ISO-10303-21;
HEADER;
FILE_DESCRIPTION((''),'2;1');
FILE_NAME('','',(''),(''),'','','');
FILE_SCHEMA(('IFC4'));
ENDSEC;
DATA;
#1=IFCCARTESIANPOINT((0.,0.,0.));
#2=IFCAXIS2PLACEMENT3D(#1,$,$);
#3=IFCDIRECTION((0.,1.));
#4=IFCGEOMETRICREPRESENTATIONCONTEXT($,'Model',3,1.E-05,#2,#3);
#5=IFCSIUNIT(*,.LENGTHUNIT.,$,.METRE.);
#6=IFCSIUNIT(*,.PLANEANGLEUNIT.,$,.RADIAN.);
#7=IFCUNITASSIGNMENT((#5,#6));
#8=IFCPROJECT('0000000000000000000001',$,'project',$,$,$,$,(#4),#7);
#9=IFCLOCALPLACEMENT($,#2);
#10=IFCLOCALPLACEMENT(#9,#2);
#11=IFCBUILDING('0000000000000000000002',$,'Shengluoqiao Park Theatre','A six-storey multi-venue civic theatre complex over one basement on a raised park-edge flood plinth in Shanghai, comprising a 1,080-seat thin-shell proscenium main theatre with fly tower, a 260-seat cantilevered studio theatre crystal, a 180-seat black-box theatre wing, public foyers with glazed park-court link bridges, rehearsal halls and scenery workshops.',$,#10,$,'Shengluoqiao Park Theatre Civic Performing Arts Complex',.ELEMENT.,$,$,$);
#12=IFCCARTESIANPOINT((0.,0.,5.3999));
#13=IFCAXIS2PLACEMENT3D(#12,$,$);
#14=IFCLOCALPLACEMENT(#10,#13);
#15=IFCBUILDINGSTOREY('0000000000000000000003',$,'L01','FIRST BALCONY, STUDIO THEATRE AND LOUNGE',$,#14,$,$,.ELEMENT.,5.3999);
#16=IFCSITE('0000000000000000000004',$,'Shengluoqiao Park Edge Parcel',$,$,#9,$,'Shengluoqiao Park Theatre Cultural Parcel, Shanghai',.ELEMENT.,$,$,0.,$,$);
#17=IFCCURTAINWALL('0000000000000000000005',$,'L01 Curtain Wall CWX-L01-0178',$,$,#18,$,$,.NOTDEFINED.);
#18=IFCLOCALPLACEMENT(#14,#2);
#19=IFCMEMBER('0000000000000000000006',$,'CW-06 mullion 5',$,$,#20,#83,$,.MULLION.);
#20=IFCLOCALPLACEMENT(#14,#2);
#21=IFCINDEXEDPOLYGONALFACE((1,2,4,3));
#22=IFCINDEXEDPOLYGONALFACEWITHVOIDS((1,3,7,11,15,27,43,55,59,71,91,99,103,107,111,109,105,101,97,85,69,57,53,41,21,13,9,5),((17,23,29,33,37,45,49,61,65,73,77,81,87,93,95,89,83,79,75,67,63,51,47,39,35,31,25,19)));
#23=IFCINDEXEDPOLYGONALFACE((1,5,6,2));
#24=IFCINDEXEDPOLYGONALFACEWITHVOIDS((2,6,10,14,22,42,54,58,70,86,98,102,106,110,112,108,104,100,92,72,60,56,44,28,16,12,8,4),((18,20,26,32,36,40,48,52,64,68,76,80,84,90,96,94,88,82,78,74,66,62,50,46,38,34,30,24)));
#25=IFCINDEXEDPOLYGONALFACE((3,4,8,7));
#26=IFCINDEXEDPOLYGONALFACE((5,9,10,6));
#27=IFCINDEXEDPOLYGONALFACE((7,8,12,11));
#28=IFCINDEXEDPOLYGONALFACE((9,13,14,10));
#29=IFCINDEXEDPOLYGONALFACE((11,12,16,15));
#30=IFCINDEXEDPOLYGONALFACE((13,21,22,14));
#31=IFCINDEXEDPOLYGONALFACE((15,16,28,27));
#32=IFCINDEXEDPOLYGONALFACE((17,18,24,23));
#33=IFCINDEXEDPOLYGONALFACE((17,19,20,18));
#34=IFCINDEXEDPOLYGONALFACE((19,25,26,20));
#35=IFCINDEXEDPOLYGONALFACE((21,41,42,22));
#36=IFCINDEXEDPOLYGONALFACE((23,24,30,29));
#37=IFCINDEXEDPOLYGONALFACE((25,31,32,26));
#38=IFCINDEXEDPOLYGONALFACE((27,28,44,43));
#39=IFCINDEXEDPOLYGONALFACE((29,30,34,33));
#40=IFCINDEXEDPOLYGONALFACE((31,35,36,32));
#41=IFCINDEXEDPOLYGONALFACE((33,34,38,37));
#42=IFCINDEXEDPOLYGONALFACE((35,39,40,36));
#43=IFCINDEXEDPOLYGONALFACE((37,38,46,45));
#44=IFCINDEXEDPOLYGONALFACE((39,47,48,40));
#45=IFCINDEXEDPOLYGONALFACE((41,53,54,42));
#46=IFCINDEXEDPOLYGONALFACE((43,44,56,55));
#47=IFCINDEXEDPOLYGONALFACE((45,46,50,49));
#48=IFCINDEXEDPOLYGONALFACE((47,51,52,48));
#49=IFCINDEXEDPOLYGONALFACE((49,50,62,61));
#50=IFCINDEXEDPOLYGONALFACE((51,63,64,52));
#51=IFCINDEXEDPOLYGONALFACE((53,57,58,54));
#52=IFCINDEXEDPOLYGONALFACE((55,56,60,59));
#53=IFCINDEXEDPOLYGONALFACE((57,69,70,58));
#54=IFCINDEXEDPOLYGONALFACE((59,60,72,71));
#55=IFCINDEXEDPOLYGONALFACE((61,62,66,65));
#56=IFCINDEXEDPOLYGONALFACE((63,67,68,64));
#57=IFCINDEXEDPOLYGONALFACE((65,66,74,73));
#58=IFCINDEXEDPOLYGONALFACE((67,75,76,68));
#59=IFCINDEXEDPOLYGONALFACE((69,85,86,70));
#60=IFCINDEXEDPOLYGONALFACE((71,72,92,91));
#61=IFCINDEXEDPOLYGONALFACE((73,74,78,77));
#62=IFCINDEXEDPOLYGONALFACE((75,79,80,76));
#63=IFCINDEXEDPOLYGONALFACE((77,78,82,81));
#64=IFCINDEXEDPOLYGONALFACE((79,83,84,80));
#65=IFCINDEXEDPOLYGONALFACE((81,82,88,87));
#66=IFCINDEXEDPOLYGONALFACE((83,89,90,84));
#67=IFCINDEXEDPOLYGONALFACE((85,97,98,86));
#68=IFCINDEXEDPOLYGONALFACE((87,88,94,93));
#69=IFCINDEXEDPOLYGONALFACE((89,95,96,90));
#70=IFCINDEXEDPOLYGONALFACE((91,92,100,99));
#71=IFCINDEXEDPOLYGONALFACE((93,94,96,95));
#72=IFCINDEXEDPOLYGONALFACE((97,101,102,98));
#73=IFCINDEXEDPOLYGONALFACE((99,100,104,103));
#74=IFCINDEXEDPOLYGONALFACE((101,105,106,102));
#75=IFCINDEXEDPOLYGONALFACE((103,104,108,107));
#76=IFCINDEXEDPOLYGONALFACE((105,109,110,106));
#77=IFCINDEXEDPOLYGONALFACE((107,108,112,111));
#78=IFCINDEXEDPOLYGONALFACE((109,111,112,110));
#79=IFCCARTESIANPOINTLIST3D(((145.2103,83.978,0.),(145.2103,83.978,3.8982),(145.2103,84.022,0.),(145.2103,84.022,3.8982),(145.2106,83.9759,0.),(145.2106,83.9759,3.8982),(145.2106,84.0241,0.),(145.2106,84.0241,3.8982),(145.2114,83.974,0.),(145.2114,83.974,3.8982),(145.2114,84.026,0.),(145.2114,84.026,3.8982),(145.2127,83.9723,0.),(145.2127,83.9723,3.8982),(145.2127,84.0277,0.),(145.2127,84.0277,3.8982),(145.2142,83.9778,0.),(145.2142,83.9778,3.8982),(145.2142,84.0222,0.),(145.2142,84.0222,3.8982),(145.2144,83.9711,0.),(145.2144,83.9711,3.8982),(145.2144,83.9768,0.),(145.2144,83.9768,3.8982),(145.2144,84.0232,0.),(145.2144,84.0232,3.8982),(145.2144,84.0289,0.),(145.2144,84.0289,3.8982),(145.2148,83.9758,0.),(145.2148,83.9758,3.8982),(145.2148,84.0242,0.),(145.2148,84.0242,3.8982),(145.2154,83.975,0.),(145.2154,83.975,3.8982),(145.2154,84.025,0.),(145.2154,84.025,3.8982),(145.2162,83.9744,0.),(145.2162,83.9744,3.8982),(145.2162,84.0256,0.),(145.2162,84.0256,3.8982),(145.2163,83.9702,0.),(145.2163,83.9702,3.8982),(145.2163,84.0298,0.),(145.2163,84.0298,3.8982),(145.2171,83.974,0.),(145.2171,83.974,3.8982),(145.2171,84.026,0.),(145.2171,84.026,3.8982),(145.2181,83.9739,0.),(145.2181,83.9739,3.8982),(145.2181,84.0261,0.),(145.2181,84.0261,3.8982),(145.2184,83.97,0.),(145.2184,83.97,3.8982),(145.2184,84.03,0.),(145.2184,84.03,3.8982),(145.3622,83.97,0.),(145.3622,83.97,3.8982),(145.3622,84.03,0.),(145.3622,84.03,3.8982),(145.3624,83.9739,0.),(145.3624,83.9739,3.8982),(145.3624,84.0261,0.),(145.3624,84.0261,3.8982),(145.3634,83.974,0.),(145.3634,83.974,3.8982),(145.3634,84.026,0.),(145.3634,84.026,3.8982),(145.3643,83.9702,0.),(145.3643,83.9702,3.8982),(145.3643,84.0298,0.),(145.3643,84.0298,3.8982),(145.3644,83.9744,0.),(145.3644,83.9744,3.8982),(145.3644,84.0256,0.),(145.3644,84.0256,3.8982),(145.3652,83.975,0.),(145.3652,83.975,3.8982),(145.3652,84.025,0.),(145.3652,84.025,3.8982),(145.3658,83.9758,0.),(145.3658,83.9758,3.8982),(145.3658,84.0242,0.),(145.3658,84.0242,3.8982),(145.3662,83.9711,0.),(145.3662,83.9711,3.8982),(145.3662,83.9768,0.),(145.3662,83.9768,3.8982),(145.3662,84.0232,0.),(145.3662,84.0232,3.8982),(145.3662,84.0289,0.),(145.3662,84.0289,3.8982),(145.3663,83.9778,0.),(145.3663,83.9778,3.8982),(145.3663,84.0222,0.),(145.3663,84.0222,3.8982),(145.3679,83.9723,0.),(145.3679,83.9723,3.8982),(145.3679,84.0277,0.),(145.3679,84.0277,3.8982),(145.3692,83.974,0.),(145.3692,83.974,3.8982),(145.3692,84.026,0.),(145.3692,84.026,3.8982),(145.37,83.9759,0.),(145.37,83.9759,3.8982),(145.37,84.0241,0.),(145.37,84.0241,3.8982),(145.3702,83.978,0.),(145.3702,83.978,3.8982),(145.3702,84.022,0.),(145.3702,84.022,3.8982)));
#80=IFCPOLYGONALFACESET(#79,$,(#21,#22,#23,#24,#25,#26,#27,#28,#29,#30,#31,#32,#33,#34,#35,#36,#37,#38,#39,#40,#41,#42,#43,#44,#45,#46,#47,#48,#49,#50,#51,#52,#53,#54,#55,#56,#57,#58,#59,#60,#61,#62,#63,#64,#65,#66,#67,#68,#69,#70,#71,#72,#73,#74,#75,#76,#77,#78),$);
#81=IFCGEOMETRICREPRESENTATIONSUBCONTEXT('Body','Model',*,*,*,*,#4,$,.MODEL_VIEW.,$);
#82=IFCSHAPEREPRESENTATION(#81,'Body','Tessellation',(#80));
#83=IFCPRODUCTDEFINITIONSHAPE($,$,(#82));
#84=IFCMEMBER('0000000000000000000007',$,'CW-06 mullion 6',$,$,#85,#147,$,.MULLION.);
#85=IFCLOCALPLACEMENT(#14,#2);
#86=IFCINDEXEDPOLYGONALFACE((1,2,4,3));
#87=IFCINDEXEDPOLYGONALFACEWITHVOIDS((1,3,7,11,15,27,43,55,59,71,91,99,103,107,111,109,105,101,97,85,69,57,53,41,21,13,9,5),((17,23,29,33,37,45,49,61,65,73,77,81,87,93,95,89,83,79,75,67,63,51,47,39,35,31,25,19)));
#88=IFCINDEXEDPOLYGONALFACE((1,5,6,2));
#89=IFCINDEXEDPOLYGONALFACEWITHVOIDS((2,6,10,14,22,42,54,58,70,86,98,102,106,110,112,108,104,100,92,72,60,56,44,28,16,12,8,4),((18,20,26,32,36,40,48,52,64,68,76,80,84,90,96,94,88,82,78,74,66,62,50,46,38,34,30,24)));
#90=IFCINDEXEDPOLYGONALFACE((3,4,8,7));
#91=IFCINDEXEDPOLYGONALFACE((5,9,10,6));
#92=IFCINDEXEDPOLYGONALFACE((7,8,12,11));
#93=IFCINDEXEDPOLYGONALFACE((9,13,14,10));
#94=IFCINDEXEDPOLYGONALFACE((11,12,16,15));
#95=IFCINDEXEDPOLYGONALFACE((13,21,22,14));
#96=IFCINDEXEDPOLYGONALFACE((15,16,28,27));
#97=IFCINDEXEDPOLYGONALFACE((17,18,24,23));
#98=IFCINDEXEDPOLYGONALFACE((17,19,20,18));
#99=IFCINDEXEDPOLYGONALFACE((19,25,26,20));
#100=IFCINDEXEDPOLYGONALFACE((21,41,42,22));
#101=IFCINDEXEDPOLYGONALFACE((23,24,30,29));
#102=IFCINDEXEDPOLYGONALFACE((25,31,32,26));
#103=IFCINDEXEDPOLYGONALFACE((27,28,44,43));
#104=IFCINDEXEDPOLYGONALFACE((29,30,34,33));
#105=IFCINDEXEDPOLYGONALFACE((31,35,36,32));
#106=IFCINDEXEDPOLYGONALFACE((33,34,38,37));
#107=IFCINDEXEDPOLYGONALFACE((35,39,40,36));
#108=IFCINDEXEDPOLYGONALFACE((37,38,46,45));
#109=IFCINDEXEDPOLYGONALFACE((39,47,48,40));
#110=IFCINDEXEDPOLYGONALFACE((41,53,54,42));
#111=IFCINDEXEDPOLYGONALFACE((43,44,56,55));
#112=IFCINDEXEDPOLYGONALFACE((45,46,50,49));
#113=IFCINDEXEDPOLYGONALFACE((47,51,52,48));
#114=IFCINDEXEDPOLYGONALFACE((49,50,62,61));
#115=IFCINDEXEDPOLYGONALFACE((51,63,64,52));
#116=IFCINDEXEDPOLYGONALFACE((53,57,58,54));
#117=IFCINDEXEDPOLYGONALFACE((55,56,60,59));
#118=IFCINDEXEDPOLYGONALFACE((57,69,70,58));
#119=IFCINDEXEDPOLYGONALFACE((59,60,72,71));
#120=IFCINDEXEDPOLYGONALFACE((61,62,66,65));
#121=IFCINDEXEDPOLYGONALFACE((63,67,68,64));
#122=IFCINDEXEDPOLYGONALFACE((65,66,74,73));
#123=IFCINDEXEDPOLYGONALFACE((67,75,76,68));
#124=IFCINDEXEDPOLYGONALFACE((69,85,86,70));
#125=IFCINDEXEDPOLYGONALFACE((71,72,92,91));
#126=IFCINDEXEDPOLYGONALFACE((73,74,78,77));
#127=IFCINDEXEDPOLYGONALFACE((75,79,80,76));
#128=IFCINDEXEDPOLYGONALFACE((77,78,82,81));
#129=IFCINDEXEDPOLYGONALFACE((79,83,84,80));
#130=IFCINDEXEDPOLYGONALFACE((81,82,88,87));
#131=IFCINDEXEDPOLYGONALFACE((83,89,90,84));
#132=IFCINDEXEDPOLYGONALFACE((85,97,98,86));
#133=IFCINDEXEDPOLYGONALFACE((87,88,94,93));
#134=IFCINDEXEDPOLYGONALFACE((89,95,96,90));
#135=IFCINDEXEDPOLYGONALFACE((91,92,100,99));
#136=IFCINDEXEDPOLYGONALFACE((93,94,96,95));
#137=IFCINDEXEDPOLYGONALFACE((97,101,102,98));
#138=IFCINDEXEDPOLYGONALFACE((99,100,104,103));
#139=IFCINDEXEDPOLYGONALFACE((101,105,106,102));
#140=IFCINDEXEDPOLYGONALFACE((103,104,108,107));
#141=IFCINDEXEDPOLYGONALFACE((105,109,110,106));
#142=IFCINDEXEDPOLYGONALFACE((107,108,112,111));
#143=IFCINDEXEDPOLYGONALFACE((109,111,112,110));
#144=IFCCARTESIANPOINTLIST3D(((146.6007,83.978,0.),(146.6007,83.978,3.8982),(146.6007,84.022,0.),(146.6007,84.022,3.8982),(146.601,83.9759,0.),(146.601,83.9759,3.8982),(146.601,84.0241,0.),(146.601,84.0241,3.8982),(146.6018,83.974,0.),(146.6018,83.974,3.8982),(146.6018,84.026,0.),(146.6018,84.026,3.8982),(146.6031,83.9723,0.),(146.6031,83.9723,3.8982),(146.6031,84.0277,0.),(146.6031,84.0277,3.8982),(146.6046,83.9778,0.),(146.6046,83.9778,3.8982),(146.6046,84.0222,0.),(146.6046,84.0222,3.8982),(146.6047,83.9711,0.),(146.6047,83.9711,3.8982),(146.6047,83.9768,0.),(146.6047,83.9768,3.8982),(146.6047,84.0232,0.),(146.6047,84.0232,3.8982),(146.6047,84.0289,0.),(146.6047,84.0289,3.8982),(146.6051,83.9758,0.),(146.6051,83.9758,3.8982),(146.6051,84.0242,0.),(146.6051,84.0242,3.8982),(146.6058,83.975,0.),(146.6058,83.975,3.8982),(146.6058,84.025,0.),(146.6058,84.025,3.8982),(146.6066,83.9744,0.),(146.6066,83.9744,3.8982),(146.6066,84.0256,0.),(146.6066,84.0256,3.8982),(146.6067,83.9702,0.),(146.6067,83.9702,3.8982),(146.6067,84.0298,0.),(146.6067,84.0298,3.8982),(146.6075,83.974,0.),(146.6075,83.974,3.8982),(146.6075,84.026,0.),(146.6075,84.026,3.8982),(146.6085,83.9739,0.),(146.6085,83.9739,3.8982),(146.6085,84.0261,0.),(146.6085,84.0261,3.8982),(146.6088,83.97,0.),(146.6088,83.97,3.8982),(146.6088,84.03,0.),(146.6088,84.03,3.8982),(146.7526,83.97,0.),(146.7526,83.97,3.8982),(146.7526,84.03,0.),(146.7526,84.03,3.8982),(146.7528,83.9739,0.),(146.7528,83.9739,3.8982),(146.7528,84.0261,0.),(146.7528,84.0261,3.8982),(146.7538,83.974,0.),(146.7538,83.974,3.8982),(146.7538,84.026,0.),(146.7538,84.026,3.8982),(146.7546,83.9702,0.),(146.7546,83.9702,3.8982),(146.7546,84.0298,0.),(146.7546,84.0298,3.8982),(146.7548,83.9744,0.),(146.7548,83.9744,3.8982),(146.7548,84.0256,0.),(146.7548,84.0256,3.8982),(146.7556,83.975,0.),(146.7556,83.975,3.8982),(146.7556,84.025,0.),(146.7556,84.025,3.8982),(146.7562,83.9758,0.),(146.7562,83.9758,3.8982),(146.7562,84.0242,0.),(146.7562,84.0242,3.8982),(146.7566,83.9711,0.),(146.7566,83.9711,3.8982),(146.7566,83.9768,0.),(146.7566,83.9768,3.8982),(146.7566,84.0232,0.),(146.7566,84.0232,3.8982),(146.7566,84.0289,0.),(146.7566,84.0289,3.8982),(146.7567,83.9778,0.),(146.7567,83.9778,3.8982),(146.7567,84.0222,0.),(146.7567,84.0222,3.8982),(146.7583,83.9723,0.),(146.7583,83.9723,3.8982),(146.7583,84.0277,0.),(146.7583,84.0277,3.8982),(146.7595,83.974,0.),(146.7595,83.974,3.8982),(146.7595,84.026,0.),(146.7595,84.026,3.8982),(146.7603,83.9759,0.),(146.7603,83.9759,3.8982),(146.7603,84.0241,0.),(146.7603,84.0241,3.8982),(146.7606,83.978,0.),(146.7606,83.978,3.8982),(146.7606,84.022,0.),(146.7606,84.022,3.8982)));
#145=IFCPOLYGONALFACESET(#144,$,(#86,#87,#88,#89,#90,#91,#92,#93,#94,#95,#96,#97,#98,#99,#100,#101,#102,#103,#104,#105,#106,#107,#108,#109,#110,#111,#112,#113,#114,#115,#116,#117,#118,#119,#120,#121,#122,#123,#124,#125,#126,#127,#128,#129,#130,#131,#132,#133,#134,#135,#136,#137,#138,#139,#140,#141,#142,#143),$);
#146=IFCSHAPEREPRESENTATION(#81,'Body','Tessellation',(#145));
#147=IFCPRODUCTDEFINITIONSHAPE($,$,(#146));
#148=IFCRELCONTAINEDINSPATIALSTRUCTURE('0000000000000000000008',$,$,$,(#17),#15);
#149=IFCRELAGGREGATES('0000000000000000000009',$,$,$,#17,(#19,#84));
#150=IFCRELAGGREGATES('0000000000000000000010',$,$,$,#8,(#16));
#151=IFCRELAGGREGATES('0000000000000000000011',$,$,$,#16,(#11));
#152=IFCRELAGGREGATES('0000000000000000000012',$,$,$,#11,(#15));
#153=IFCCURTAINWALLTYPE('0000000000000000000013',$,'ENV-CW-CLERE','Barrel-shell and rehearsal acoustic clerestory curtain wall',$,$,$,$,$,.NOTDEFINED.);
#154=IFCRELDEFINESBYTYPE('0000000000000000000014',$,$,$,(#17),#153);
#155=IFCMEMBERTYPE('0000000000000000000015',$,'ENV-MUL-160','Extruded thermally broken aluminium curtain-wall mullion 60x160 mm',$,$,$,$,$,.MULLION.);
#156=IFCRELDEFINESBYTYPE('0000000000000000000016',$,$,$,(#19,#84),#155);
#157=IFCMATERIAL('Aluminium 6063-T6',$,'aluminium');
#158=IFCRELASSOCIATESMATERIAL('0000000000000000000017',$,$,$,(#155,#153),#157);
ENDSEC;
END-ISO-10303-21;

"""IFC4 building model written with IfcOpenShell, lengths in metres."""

from ifc_helpers import new_model, si_unit, direction, frame, origin, origin_2d, place, context, subcontext, project, spatial, hollow_rectangle, extrude, material, material_profile, profile_set, type_object, element, aggregate, save


model = new_model("IFC4")

# Units and contexts
model_context = context("Model", 3, precision=1e-05, world=origin(), true_north=direction((0.0, 1.0)))
body_context = subcontext(model_context, "Body", "Model", "MODEL_VIEW")
ifc_project = project(units=[si_unit("LENGTHUNIT", "METRE"), si_unit("PLANEANGLEUNIT", "RADIAN")], contexts=[model_context])

# Site, building, storey
site_placement = place(None, origin())
site = spatial("IfcSite", under=ifc_project, at=site_placement, Name="Shengluoqiao Park Edge Parcel", LongName="Shengluoqiao Park Theatre Cultural Parcel, Shanghai", CompositionType="ELEMENT", RefElevation=0.0)
building_placement = place(site_placement, origin())
building = spatial("IfcBuilding", under=site, at=building_placement, Name="Shengluoqiao Park Theatre", Description="A six-storey multi-venue civic theatre complex over one basement on a raised park-edge flood plinth in Shanghai, comprising a 1,080-seat thin-shell proscenium main theatre with fly tower, a 260-seat cantilevered studio theatre crystal, a 180-seat black-box theatre wing, public foyers with glazed park-court link bridges, rehearsal halls and scenery workshops.", LongName="Shengluoqiao Park Theatre Civic Performing Arts Complex", CompositionType="ELEMENT")
storey_placement = place(building_placement, frame((0.0, 0.0, 5.3999)))
storey = spatial("IfcBuildingStorey", under=building, at=storey_placement, Name="L01", Description="FIRST BALCONY, STUDIO THEATRE AND LOUNGE", CompositionType="ELEMENT", Elevation=5.3999)

# Shared definitions
ifc_material_1 = material(Name="Aluminium 6063-T6", Category="aluminium")
ifc_material_profile_1 = material_profile(ifc_material_1, hollow_rectangle(XDim=0.0601, YDim=0.1599, WallThickness=0.0039, InnerFilletRadius=0.0039, OuterFilletRadius=0.0081, at=origin_2d()), Name="ALU MULLION 160x60x4")
ifc_profile_set_1 = profile_set([ifc_material_profile_1], Name="Aluminium 6063-T6")
member_type_1 = type_object("IfcMemberType", Name="ENV-MUL-160", Description="Extruded thermally broken aluminium curtain-wall mullion 60x160 mm", PredefinedType="MULLION", material=ifc_profile_set_1)

# Curtain wall, members
curtain_wall_type_1 = type_object("IfcCurtainWallType", Name="ENV-CW-CLERE", Description="Barrel-shell and rehearsal acoustic clerestory curtain wall", PredefinedType="NOTDEFINED", material=ifc_material_1)
curtain_wall_1_placement = place(storey_placement, origin())
curtain_wall_1 = element("IfcCurtainWall", 1, at=curtain_wall_1_placement, inside=storey, type_object=curtain_wall_type_1, Name="L01 Curtain Wall CWX-L01-0178", PredefinedType="NOTDEFINED")
member_1_placement = place(storey_placement, frame((145.2903, 84.0, 0.0), z_axis=(0.0, 0.0, 1.0), x_axis=(0.0, 1.0, 0.0)))
member_1 = element("IfcMember", 2, at=member_1_placement, type_object=member_type_1, Name="CW-06 mullion 5", PredefinedType="MULLION", context=body_context, shape_type="SweptSolid", body=[
    extrude(hollow_rectangle(XDim=0.0601, YDim=0.1599, WallThickness=0.0039, InnerFilletRadius=0.0039, OuterFilletRadius=0.0081, at=origin_2d()), origin(), (0.0, 0.0, 1.0), 3.8982),
])
member_2_placement = place(storey_placement, frame((146.6807, 84.0, 0.0), z_axis=(0.0, 0.0, 1.0), x_axis=(0.0, 1.0, 0.0)))
member_2 = element("IfcMember", 3, at=member_2_placement, type_object=member_type_1, Name="CW-06 mullion 6", PredefinedType="MULLION", context=body_context, shape_type="SweptSolid", body=[
    extrude(hollow_rectangle(XDim=0.0601, YDim=0.1599, WallThickness=0.0039, InnerFilletRadius=0.0039, OuterFilletRadius=0.0081, at=origin_2d()), origin(), (0.0, 0.0, 1.0), 3.8982),
])

aggregate(curtain_wall_1, [member_1, member_2])

save(model, "model.ifc")
